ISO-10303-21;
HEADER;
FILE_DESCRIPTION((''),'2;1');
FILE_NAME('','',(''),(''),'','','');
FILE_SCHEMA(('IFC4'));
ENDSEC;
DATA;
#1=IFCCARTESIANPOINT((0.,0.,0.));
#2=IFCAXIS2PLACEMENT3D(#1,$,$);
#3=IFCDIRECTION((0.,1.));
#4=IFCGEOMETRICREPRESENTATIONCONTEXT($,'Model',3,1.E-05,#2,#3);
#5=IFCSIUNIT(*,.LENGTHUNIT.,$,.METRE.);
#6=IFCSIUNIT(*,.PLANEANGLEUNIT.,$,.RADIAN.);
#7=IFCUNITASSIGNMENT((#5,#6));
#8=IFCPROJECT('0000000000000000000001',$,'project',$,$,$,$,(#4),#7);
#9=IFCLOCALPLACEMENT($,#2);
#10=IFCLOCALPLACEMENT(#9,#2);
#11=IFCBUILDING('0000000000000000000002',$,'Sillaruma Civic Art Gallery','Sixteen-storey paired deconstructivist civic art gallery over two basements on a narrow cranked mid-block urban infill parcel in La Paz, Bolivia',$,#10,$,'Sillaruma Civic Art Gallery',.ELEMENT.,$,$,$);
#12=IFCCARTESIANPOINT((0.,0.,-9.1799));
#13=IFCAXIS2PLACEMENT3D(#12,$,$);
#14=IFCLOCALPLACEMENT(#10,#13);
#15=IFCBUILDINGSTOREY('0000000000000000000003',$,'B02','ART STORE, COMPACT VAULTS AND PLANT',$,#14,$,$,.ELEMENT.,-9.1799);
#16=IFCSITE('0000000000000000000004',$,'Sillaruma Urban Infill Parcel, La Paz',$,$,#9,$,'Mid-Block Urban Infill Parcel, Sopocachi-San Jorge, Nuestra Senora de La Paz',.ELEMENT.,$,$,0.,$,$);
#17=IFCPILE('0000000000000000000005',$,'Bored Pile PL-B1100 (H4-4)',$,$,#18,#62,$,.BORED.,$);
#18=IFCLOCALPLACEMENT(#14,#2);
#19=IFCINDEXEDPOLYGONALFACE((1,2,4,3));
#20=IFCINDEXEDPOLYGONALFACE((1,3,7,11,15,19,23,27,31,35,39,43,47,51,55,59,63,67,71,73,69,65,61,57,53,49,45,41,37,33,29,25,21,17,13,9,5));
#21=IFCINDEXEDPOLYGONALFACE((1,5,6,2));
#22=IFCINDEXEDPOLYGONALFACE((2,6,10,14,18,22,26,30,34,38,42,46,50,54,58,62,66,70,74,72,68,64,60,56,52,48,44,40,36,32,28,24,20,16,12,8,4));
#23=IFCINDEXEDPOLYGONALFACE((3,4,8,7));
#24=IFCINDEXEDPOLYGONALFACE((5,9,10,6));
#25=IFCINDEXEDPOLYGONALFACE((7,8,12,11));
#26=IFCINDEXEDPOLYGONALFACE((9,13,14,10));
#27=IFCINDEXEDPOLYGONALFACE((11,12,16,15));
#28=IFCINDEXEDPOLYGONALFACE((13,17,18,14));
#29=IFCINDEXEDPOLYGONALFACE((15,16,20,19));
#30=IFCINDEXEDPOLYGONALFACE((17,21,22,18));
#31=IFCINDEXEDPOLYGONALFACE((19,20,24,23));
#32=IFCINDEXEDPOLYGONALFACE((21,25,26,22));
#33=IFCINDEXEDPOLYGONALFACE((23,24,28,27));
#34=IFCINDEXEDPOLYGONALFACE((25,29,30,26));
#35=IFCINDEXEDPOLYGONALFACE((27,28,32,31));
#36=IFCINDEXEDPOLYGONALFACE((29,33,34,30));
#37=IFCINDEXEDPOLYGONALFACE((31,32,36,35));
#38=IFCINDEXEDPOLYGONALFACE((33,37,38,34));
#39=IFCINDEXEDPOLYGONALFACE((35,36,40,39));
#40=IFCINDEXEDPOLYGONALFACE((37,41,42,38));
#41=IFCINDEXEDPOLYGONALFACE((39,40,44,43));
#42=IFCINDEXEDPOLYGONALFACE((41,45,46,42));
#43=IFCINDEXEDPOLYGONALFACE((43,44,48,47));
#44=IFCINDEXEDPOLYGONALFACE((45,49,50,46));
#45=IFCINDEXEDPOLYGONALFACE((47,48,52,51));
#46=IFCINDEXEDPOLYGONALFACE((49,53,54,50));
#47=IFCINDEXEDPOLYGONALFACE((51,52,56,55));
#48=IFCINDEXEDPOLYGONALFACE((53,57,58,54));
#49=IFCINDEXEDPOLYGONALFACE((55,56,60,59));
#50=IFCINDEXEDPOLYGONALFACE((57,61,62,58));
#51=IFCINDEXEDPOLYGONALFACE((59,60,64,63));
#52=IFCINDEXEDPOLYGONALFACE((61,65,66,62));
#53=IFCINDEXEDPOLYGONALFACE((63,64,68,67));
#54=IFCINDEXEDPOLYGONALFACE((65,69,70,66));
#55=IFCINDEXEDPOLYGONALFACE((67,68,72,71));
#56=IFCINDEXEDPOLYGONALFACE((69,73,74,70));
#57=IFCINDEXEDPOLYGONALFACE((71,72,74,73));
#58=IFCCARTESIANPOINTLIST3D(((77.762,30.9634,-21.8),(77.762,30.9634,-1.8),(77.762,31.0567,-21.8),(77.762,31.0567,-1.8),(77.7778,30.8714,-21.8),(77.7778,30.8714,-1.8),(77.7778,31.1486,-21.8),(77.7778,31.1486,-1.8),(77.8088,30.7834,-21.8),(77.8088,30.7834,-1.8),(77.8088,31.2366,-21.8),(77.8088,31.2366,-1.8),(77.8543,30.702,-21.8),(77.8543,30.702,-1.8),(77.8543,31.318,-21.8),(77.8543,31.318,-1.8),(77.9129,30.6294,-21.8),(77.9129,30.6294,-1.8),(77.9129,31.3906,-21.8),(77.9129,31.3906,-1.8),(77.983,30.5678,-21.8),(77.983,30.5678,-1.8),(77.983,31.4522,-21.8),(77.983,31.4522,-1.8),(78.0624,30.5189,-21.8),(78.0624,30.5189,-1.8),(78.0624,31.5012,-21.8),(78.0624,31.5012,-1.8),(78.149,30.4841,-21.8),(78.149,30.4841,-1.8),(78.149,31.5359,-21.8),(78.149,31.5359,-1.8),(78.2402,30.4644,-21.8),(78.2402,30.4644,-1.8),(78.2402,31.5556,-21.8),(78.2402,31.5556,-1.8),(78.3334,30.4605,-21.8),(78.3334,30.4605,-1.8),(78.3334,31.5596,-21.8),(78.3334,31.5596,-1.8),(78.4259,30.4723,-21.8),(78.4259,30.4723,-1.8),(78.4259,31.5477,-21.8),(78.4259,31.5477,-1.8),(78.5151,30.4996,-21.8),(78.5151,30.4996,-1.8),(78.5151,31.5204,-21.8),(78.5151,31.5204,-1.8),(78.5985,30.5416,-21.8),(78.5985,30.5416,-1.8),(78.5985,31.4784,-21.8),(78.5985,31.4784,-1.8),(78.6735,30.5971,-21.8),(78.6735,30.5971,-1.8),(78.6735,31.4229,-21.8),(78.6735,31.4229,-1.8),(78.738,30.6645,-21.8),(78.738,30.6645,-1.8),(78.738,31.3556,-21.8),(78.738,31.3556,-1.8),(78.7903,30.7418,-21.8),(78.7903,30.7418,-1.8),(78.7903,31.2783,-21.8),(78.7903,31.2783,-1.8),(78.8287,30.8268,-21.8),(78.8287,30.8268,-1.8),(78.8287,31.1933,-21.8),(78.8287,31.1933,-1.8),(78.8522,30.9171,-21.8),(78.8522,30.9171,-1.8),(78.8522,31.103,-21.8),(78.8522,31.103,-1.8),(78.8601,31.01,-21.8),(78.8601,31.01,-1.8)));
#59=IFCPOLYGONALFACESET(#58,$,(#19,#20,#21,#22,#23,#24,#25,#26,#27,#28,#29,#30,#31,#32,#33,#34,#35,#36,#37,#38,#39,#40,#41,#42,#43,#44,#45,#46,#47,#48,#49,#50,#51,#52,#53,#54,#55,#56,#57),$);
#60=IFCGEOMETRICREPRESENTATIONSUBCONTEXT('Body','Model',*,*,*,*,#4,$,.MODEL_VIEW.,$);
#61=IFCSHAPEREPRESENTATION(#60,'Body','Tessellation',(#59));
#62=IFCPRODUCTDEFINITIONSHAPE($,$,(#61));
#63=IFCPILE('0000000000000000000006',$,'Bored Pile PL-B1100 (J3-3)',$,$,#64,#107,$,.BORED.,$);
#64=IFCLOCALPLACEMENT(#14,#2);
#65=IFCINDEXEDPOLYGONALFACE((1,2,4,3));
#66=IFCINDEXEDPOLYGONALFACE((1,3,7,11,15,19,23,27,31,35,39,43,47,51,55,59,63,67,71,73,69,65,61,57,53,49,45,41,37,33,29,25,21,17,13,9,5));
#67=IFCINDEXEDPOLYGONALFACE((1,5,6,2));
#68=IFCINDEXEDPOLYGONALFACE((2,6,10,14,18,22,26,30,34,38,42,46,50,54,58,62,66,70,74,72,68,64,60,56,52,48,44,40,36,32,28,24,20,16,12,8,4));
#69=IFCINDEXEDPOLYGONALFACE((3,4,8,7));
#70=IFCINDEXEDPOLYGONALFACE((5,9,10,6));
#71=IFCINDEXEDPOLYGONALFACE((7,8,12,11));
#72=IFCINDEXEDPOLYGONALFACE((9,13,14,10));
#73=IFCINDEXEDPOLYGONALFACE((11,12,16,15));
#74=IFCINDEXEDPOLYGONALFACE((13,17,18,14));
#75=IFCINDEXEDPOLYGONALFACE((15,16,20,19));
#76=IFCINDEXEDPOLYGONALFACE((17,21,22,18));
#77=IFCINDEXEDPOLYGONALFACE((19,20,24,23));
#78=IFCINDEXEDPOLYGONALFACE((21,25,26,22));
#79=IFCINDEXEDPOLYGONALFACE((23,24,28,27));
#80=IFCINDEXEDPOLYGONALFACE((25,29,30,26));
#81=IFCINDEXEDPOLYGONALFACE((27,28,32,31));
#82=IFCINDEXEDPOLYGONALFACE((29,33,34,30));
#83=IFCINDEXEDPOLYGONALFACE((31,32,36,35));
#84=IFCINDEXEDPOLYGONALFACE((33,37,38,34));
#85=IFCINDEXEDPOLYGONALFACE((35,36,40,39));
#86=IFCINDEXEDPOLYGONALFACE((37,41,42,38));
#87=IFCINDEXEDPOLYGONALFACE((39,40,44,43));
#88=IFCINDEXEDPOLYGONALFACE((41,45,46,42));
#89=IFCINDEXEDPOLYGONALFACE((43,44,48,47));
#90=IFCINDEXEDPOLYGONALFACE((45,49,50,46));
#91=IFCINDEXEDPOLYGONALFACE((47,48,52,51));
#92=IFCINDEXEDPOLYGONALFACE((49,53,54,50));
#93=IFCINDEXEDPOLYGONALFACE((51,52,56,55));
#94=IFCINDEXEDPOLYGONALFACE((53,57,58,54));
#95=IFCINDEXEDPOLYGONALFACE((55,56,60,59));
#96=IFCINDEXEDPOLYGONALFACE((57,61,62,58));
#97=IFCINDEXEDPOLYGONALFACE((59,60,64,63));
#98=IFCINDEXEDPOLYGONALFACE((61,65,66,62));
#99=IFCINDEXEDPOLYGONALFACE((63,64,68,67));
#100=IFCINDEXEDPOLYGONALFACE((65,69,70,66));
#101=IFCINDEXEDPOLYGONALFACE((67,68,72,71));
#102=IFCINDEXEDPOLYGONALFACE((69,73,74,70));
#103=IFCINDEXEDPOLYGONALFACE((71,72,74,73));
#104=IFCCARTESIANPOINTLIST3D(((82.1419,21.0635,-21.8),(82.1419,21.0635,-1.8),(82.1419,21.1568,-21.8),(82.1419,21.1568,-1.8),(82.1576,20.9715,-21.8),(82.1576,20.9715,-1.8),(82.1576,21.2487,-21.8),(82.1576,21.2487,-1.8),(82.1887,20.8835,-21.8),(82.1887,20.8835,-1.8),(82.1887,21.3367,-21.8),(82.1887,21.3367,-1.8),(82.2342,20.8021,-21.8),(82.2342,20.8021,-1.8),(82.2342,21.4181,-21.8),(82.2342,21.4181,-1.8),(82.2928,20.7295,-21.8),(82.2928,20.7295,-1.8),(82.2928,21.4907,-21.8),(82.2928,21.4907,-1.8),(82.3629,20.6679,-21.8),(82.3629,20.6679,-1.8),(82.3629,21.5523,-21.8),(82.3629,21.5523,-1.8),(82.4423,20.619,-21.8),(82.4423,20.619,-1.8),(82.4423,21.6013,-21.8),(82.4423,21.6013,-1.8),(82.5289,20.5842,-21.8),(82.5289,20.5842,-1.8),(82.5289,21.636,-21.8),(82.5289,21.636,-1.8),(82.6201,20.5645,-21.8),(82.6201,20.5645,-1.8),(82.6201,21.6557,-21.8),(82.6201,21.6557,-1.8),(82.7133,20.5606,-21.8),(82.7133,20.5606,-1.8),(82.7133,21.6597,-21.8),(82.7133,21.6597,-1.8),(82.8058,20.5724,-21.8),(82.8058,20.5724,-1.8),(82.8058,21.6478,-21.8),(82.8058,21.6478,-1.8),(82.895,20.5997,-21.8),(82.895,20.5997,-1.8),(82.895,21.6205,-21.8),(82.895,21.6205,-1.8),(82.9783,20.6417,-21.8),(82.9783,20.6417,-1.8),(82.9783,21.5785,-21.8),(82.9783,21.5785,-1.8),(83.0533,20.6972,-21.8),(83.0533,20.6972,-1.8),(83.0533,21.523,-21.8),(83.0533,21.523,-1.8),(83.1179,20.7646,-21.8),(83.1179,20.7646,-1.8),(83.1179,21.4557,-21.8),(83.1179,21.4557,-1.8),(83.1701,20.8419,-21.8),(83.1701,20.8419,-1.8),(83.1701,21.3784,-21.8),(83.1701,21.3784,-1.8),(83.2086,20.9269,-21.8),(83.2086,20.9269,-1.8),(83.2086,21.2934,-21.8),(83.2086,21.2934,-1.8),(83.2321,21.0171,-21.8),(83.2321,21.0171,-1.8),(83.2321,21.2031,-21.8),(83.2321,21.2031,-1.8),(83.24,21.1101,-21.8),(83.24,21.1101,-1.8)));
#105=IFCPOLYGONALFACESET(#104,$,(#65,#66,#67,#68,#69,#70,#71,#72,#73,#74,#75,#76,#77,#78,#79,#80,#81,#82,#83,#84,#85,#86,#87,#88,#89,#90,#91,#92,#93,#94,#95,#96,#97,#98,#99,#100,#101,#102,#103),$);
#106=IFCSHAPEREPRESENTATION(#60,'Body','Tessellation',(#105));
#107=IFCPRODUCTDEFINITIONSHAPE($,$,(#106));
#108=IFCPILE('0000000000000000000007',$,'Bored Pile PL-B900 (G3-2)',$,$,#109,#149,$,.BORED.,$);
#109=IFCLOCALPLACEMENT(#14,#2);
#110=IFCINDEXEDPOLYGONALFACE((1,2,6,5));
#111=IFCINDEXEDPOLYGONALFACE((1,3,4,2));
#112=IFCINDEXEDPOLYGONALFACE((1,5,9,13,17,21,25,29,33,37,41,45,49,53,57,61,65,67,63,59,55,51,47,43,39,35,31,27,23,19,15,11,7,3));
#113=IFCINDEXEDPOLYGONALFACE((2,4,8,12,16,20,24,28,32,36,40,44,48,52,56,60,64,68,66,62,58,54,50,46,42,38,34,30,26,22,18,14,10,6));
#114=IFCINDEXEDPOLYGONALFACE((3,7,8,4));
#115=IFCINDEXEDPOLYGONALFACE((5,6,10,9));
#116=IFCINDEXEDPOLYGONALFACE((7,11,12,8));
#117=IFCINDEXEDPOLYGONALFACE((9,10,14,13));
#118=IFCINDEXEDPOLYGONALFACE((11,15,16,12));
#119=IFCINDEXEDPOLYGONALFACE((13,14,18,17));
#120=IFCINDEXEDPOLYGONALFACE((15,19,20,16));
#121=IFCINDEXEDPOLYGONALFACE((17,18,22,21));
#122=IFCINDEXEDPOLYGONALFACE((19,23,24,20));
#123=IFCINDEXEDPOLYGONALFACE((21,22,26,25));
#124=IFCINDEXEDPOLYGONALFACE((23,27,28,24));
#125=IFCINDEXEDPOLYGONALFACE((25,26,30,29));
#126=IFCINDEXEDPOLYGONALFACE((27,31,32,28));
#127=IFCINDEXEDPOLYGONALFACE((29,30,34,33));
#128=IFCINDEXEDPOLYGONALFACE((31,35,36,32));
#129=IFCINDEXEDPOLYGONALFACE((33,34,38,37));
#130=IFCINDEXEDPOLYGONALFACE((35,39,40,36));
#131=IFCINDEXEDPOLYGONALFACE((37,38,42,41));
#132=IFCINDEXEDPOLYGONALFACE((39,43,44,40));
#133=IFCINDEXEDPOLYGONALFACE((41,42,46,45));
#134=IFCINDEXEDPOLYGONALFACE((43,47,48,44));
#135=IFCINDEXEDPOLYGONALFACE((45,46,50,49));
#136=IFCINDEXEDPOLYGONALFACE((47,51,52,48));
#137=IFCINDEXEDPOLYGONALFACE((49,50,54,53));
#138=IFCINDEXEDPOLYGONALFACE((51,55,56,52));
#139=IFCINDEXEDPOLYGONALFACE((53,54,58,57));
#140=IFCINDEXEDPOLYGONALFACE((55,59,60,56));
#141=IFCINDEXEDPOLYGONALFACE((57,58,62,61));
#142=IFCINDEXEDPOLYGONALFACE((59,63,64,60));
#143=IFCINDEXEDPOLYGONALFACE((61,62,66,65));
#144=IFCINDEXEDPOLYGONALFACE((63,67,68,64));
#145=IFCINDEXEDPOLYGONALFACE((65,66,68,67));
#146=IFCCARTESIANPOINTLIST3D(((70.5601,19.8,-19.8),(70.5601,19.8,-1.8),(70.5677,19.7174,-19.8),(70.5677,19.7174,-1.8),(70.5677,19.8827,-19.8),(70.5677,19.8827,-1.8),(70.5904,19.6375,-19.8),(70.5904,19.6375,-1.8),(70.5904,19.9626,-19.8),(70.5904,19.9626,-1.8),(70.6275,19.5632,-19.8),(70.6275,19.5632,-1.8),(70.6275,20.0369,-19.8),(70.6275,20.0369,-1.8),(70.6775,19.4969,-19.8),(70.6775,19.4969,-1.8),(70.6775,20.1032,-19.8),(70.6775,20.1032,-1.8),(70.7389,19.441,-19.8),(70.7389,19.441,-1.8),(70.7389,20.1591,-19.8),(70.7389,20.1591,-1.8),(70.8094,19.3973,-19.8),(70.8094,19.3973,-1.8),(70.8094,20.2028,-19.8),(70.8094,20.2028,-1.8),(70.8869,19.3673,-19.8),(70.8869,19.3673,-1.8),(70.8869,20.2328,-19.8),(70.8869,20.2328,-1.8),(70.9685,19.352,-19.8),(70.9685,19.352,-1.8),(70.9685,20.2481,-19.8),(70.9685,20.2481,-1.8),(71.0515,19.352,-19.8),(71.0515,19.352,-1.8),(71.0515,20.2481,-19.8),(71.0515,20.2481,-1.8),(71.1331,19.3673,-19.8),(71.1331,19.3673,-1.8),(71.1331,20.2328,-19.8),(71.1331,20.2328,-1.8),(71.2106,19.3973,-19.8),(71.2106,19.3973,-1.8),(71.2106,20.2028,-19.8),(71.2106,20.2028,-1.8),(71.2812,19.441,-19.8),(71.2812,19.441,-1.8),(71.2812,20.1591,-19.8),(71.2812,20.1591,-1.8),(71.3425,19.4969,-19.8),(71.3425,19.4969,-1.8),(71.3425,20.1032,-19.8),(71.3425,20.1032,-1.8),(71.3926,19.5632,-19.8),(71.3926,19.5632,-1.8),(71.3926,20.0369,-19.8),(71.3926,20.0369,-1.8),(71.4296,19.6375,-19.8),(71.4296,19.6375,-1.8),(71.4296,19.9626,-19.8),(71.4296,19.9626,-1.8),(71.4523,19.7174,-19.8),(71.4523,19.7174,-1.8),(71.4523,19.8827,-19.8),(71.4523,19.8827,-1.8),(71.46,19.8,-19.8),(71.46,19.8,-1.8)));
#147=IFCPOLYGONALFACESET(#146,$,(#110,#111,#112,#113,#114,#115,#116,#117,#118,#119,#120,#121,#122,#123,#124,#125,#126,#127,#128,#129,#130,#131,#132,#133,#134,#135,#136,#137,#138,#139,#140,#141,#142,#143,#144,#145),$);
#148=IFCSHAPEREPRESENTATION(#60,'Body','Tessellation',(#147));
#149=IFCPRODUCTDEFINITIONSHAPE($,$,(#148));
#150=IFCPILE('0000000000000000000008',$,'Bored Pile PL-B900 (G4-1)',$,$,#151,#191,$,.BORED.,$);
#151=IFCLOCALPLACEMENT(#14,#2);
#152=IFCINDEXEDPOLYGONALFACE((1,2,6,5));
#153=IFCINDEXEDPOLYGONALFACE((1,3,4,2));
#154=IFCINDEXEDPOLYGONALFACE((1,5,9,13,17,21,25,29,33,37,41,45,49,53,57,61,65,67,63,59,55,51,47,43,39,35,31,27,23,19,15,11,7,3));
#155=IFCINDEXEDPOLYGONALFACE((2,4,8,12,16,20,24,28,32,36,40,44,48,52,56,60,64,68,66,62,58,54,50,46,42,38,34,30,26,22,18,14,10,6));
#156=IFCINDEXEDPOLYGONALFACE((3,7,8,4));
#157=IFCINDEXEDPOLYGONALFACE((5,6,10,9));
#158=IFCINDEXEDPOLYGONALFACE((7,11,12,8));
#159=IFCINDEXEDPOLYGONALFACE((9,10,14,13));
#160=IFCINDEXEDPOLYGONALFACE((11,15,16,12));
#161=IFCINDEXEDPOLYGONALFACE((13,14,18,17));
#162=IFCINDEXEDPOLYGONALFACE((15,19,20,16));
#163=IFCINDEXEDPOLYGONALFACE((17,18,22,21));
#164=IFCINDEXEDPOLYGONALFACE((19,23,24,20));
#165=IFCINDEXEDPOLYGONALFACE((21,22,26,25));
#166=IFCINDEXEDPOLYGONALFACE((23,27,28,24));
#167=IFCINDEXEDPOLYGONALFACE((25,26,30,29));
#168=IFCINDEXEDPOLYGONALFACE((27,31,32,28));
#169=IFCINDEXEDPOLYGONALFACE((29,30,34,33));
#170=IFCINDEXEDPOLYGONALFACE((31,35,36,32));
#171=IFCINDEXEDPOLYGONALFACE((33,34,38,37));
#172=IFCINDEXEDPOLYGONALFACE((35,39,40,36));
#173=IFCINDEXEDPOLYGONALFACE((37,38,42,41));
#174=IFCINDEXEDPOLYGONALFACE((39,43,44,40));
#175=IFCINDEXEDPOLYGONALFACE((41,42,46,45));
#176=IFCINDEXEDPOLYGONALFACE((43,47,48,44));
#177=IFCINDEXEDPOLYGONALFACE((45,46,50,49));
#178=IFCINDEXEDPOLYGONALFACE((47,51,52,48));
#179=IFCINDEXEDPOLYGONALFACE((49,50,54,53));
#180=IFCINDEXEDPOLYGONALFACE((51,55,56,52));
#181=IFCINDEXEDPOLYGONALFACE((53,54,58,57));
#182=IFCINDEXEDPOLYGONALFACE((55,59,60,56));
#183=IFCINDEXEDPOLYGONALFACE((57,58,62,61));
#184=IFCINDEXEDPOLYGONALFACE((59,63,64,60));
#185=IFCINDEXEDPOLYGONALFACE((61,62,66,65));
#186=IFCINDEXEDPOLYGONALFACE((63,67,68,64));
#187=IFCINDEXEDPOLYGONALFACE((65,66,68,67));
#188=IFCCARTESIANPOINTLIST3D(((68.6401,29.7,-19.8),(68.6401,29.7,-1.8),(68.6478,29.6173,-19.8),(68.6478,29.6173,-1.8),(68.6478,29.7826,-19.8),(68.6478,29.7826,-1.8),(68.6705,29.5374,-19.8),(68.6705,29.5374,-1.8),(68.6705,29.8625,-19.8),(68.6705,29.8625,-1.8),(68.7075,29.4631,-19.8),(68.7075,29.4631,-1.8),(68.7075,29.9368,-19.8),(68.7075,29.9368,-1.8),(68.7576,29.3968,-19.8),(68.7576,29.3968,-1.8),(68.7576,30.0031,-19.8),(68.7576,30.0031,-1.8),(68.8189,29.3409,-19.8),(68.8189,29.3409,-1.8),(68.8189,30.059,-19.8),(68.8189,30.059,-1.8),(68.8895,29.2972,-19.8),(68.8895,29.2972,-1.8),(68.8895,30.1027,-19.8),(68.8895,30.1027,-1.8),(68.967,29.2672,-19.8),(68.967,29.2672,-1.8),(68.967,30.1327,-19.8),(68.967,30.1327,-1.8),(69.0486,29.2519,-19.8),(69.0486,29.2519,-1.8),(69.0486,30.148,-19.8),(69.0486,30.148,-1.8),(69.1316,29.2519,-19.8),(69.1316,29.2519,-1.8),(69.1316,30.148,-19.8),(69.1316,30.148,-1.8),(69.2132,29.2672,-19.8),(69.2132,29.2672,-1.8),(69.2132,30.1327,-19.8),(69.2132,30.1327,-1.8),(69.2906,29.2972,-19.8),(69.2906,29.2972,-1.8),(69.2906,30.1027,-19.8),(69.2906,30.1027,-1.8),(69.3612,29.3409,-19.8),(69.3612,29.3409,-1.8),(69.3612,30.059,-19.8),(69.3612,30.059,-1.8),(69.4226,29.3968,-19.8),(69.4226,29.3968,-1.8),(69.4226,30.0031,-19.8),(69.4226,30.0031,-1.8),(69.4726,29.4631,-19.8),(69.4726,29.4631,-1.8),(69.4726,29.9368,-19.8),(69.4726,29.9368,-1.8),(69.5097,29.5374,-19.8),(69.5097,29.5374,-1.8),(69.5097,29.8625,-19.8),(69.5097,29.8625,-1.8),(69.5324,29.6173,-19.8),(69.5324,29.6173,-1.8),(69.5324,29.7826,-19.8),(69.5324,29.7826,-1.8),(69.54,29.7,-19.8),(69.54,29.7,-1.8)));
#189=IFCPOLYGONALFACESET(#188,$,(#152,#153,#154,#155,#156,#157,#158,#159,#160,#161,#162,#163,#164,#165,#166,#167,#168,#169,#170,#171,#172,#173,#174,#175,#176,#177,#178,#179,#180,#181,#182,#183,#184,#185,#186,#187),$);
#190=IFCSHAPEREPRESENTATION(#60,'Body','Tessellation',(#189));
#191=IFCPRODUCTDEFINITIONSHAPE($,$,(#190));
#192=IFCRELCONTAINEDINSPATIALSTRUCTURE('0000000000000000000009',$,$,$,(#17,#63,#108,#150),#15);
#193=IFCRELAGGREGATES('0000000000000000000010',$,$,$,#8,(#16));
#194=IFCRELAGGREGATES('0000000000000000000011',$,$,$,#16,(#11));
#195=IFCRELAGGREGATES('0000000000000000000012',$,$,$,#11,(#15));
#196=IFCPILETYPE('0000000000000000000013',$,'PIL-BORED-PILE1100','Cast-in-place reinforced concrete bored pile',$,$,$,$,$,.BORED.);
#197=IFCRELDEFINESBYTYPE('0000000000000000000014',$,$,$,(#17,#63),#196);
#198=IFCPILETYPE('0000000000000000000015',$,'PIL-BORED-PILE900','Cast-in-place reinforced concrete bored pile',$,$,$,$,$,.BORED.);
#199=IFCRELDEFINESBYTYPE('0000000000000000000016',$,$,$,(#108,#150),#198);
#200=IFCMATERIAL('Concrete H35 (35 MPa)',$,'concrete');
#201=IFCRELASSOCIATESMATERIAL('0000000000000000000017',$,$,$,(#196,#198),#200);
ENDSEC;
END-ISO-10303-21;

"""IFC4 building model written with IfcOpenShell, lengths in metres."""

from ifc_helpers import new_model, si_unit, direction, frame, origin, origin_2d, place, context, subcontext, project, spatial, circle, extrude, material, material_profile, profile_set, type_object, element, save


model = new_model("IFC4")

# Units and contexts
model_context = context("Model", 3, precision=1e-05, world=origin(), true_north=direction((0.0, 1.0)))
body_context = subcontext(model_context, "Body", "Model", "MODEL_VIEW")
ifc_project = project(units=[si_unit("LENGTHUNIT", "METRE"), si_unit("PLANEANGLEUNIT", "RADIAN")], contexts=[model_context])

# Site, building, storey
site_placement = place(None, origin())
site = spatial("IfcSite", under=ifc_project, at=site_placement, Name="Sillaruma Urban Infill Parcel, La Paz", LongName="Mid-Block Urban Infill Parcel, Sopocachi-San Jorge, Nuestra Senora de La Paz", CompositionType="ELEMENT", RefElevation=0.0)
building_placement = place(site_placement, origin())
building = spatial("IfcBuilding", under=site, at=building_placement, Name="Sillaruma Civic Art Gallery", Description="Sixteen-storey paired deconstructivist civic art gallery over two basements on a narrow cranked mid-block urban infill parcel in La Paz, Bolivia", LongName="Sillaruma Civic Art Gallery", CompositionType="ELEMENT")
storey_placement = place(building_placement, frame((0.0, 0.0, -9.1799)))
storey = spatial("IfcBuildingStorey", under=building, at=storey_placement, Name="B02", Description="ART STORE, COMPACT VAULTS AND PLANT", CompositionType="ELEMENT", Elevation=-9.1799)

# Shared definitions
ifc_material_1 = material(Name="Concrete H35 (35 MPa)", Category="concrete")

# Piles
ifc_material_profile_1 = material_profile(ifc_material_1, circle(Radius=0.55, at=origin_2d()), Name="PILE1100")
ifc_profile_set_1 = profile_set([ifc_material_profile_1], Name="Concrete H35 (35 MPa)")
pile_type_1 = type_object("IfcPileType", Name="PIL-BORED-PILE1100", Description="Cast-in-place reinforced concrete bored pile", PredefinedType="BORED", material=ifc_profile_set_1)
for number, where, z_axis, x_axis, name in (
    (1, (78.3101, 31.01, -1.8), (0.0, 0.0, -1.0), (1.0, 0.0, 0.0), "Bored Pile PL-B1100 (H4-4)"),
    (2, (82.6899, 21.1101, -1.8), (0.0, 0.0, -1.0), (1.0, 0.0, 0.0), "Bored Pile PL-B1100 (J3-3)"),
):
    element("IfcPile", number, at=place(storey_placement, frame(where, z_axis=z_axis, x_axis=x_axis)), inside=storey, type_object=pile_type_1, Name=name, PredefinedType="BORED", context=body_context, shape_type="SweptSolid", body=[
        extrude(circle(Radius=0.55, at=origin_2d()), origin(), (0.0, 0.0, 1.0), 20.0),
    ])
ifc_material_profile_2 = material_profile(ifc_material_1, circle(Radius=0.45, at=origin_2d()), Name="PILE900")
ifc_profile_set_2 = profile_set([ifc_material_profile_2], Name="Concrete H35 (35 MPa)")
pile_type_2 = type_object("IfcPileType", Name="PIL-BORED-PILE900", Description="Cast-in-place reinforced concrete bored pile", PredefinedType="BORED", material=ifc_profile_set_2)
for number, where, z_axis, x_axis, name in (
    (3, (71.01, 19.8, -1.8), (0.0, 0.0, -1.0), (1.0, 0.0, 0.0), "Bored Pile PL-B900 (G3-2)"),
    (4, (69.0901, 29.7, -1.8), (0.0, 0.0, -1.0), (1.0, 0.0, 0.0), "Bored Pile PL-B900 (G4-1)"),
):
    element("IfcPile", number, at=place(storey_placement, frame(where, z_axis=z_axis, x_axis=x_axis)), inside=storey, type_object=pile_type_2, Name=name, PredefinedType="BORED", context=body_context, shape_type="SweptSolid", body=[
        extrude(circle(Radius=0.45, at=origin_2d()), origin(), (0.0, 0.0, 1.0), 18.0),
    ])

save(model, "model.ifc")
